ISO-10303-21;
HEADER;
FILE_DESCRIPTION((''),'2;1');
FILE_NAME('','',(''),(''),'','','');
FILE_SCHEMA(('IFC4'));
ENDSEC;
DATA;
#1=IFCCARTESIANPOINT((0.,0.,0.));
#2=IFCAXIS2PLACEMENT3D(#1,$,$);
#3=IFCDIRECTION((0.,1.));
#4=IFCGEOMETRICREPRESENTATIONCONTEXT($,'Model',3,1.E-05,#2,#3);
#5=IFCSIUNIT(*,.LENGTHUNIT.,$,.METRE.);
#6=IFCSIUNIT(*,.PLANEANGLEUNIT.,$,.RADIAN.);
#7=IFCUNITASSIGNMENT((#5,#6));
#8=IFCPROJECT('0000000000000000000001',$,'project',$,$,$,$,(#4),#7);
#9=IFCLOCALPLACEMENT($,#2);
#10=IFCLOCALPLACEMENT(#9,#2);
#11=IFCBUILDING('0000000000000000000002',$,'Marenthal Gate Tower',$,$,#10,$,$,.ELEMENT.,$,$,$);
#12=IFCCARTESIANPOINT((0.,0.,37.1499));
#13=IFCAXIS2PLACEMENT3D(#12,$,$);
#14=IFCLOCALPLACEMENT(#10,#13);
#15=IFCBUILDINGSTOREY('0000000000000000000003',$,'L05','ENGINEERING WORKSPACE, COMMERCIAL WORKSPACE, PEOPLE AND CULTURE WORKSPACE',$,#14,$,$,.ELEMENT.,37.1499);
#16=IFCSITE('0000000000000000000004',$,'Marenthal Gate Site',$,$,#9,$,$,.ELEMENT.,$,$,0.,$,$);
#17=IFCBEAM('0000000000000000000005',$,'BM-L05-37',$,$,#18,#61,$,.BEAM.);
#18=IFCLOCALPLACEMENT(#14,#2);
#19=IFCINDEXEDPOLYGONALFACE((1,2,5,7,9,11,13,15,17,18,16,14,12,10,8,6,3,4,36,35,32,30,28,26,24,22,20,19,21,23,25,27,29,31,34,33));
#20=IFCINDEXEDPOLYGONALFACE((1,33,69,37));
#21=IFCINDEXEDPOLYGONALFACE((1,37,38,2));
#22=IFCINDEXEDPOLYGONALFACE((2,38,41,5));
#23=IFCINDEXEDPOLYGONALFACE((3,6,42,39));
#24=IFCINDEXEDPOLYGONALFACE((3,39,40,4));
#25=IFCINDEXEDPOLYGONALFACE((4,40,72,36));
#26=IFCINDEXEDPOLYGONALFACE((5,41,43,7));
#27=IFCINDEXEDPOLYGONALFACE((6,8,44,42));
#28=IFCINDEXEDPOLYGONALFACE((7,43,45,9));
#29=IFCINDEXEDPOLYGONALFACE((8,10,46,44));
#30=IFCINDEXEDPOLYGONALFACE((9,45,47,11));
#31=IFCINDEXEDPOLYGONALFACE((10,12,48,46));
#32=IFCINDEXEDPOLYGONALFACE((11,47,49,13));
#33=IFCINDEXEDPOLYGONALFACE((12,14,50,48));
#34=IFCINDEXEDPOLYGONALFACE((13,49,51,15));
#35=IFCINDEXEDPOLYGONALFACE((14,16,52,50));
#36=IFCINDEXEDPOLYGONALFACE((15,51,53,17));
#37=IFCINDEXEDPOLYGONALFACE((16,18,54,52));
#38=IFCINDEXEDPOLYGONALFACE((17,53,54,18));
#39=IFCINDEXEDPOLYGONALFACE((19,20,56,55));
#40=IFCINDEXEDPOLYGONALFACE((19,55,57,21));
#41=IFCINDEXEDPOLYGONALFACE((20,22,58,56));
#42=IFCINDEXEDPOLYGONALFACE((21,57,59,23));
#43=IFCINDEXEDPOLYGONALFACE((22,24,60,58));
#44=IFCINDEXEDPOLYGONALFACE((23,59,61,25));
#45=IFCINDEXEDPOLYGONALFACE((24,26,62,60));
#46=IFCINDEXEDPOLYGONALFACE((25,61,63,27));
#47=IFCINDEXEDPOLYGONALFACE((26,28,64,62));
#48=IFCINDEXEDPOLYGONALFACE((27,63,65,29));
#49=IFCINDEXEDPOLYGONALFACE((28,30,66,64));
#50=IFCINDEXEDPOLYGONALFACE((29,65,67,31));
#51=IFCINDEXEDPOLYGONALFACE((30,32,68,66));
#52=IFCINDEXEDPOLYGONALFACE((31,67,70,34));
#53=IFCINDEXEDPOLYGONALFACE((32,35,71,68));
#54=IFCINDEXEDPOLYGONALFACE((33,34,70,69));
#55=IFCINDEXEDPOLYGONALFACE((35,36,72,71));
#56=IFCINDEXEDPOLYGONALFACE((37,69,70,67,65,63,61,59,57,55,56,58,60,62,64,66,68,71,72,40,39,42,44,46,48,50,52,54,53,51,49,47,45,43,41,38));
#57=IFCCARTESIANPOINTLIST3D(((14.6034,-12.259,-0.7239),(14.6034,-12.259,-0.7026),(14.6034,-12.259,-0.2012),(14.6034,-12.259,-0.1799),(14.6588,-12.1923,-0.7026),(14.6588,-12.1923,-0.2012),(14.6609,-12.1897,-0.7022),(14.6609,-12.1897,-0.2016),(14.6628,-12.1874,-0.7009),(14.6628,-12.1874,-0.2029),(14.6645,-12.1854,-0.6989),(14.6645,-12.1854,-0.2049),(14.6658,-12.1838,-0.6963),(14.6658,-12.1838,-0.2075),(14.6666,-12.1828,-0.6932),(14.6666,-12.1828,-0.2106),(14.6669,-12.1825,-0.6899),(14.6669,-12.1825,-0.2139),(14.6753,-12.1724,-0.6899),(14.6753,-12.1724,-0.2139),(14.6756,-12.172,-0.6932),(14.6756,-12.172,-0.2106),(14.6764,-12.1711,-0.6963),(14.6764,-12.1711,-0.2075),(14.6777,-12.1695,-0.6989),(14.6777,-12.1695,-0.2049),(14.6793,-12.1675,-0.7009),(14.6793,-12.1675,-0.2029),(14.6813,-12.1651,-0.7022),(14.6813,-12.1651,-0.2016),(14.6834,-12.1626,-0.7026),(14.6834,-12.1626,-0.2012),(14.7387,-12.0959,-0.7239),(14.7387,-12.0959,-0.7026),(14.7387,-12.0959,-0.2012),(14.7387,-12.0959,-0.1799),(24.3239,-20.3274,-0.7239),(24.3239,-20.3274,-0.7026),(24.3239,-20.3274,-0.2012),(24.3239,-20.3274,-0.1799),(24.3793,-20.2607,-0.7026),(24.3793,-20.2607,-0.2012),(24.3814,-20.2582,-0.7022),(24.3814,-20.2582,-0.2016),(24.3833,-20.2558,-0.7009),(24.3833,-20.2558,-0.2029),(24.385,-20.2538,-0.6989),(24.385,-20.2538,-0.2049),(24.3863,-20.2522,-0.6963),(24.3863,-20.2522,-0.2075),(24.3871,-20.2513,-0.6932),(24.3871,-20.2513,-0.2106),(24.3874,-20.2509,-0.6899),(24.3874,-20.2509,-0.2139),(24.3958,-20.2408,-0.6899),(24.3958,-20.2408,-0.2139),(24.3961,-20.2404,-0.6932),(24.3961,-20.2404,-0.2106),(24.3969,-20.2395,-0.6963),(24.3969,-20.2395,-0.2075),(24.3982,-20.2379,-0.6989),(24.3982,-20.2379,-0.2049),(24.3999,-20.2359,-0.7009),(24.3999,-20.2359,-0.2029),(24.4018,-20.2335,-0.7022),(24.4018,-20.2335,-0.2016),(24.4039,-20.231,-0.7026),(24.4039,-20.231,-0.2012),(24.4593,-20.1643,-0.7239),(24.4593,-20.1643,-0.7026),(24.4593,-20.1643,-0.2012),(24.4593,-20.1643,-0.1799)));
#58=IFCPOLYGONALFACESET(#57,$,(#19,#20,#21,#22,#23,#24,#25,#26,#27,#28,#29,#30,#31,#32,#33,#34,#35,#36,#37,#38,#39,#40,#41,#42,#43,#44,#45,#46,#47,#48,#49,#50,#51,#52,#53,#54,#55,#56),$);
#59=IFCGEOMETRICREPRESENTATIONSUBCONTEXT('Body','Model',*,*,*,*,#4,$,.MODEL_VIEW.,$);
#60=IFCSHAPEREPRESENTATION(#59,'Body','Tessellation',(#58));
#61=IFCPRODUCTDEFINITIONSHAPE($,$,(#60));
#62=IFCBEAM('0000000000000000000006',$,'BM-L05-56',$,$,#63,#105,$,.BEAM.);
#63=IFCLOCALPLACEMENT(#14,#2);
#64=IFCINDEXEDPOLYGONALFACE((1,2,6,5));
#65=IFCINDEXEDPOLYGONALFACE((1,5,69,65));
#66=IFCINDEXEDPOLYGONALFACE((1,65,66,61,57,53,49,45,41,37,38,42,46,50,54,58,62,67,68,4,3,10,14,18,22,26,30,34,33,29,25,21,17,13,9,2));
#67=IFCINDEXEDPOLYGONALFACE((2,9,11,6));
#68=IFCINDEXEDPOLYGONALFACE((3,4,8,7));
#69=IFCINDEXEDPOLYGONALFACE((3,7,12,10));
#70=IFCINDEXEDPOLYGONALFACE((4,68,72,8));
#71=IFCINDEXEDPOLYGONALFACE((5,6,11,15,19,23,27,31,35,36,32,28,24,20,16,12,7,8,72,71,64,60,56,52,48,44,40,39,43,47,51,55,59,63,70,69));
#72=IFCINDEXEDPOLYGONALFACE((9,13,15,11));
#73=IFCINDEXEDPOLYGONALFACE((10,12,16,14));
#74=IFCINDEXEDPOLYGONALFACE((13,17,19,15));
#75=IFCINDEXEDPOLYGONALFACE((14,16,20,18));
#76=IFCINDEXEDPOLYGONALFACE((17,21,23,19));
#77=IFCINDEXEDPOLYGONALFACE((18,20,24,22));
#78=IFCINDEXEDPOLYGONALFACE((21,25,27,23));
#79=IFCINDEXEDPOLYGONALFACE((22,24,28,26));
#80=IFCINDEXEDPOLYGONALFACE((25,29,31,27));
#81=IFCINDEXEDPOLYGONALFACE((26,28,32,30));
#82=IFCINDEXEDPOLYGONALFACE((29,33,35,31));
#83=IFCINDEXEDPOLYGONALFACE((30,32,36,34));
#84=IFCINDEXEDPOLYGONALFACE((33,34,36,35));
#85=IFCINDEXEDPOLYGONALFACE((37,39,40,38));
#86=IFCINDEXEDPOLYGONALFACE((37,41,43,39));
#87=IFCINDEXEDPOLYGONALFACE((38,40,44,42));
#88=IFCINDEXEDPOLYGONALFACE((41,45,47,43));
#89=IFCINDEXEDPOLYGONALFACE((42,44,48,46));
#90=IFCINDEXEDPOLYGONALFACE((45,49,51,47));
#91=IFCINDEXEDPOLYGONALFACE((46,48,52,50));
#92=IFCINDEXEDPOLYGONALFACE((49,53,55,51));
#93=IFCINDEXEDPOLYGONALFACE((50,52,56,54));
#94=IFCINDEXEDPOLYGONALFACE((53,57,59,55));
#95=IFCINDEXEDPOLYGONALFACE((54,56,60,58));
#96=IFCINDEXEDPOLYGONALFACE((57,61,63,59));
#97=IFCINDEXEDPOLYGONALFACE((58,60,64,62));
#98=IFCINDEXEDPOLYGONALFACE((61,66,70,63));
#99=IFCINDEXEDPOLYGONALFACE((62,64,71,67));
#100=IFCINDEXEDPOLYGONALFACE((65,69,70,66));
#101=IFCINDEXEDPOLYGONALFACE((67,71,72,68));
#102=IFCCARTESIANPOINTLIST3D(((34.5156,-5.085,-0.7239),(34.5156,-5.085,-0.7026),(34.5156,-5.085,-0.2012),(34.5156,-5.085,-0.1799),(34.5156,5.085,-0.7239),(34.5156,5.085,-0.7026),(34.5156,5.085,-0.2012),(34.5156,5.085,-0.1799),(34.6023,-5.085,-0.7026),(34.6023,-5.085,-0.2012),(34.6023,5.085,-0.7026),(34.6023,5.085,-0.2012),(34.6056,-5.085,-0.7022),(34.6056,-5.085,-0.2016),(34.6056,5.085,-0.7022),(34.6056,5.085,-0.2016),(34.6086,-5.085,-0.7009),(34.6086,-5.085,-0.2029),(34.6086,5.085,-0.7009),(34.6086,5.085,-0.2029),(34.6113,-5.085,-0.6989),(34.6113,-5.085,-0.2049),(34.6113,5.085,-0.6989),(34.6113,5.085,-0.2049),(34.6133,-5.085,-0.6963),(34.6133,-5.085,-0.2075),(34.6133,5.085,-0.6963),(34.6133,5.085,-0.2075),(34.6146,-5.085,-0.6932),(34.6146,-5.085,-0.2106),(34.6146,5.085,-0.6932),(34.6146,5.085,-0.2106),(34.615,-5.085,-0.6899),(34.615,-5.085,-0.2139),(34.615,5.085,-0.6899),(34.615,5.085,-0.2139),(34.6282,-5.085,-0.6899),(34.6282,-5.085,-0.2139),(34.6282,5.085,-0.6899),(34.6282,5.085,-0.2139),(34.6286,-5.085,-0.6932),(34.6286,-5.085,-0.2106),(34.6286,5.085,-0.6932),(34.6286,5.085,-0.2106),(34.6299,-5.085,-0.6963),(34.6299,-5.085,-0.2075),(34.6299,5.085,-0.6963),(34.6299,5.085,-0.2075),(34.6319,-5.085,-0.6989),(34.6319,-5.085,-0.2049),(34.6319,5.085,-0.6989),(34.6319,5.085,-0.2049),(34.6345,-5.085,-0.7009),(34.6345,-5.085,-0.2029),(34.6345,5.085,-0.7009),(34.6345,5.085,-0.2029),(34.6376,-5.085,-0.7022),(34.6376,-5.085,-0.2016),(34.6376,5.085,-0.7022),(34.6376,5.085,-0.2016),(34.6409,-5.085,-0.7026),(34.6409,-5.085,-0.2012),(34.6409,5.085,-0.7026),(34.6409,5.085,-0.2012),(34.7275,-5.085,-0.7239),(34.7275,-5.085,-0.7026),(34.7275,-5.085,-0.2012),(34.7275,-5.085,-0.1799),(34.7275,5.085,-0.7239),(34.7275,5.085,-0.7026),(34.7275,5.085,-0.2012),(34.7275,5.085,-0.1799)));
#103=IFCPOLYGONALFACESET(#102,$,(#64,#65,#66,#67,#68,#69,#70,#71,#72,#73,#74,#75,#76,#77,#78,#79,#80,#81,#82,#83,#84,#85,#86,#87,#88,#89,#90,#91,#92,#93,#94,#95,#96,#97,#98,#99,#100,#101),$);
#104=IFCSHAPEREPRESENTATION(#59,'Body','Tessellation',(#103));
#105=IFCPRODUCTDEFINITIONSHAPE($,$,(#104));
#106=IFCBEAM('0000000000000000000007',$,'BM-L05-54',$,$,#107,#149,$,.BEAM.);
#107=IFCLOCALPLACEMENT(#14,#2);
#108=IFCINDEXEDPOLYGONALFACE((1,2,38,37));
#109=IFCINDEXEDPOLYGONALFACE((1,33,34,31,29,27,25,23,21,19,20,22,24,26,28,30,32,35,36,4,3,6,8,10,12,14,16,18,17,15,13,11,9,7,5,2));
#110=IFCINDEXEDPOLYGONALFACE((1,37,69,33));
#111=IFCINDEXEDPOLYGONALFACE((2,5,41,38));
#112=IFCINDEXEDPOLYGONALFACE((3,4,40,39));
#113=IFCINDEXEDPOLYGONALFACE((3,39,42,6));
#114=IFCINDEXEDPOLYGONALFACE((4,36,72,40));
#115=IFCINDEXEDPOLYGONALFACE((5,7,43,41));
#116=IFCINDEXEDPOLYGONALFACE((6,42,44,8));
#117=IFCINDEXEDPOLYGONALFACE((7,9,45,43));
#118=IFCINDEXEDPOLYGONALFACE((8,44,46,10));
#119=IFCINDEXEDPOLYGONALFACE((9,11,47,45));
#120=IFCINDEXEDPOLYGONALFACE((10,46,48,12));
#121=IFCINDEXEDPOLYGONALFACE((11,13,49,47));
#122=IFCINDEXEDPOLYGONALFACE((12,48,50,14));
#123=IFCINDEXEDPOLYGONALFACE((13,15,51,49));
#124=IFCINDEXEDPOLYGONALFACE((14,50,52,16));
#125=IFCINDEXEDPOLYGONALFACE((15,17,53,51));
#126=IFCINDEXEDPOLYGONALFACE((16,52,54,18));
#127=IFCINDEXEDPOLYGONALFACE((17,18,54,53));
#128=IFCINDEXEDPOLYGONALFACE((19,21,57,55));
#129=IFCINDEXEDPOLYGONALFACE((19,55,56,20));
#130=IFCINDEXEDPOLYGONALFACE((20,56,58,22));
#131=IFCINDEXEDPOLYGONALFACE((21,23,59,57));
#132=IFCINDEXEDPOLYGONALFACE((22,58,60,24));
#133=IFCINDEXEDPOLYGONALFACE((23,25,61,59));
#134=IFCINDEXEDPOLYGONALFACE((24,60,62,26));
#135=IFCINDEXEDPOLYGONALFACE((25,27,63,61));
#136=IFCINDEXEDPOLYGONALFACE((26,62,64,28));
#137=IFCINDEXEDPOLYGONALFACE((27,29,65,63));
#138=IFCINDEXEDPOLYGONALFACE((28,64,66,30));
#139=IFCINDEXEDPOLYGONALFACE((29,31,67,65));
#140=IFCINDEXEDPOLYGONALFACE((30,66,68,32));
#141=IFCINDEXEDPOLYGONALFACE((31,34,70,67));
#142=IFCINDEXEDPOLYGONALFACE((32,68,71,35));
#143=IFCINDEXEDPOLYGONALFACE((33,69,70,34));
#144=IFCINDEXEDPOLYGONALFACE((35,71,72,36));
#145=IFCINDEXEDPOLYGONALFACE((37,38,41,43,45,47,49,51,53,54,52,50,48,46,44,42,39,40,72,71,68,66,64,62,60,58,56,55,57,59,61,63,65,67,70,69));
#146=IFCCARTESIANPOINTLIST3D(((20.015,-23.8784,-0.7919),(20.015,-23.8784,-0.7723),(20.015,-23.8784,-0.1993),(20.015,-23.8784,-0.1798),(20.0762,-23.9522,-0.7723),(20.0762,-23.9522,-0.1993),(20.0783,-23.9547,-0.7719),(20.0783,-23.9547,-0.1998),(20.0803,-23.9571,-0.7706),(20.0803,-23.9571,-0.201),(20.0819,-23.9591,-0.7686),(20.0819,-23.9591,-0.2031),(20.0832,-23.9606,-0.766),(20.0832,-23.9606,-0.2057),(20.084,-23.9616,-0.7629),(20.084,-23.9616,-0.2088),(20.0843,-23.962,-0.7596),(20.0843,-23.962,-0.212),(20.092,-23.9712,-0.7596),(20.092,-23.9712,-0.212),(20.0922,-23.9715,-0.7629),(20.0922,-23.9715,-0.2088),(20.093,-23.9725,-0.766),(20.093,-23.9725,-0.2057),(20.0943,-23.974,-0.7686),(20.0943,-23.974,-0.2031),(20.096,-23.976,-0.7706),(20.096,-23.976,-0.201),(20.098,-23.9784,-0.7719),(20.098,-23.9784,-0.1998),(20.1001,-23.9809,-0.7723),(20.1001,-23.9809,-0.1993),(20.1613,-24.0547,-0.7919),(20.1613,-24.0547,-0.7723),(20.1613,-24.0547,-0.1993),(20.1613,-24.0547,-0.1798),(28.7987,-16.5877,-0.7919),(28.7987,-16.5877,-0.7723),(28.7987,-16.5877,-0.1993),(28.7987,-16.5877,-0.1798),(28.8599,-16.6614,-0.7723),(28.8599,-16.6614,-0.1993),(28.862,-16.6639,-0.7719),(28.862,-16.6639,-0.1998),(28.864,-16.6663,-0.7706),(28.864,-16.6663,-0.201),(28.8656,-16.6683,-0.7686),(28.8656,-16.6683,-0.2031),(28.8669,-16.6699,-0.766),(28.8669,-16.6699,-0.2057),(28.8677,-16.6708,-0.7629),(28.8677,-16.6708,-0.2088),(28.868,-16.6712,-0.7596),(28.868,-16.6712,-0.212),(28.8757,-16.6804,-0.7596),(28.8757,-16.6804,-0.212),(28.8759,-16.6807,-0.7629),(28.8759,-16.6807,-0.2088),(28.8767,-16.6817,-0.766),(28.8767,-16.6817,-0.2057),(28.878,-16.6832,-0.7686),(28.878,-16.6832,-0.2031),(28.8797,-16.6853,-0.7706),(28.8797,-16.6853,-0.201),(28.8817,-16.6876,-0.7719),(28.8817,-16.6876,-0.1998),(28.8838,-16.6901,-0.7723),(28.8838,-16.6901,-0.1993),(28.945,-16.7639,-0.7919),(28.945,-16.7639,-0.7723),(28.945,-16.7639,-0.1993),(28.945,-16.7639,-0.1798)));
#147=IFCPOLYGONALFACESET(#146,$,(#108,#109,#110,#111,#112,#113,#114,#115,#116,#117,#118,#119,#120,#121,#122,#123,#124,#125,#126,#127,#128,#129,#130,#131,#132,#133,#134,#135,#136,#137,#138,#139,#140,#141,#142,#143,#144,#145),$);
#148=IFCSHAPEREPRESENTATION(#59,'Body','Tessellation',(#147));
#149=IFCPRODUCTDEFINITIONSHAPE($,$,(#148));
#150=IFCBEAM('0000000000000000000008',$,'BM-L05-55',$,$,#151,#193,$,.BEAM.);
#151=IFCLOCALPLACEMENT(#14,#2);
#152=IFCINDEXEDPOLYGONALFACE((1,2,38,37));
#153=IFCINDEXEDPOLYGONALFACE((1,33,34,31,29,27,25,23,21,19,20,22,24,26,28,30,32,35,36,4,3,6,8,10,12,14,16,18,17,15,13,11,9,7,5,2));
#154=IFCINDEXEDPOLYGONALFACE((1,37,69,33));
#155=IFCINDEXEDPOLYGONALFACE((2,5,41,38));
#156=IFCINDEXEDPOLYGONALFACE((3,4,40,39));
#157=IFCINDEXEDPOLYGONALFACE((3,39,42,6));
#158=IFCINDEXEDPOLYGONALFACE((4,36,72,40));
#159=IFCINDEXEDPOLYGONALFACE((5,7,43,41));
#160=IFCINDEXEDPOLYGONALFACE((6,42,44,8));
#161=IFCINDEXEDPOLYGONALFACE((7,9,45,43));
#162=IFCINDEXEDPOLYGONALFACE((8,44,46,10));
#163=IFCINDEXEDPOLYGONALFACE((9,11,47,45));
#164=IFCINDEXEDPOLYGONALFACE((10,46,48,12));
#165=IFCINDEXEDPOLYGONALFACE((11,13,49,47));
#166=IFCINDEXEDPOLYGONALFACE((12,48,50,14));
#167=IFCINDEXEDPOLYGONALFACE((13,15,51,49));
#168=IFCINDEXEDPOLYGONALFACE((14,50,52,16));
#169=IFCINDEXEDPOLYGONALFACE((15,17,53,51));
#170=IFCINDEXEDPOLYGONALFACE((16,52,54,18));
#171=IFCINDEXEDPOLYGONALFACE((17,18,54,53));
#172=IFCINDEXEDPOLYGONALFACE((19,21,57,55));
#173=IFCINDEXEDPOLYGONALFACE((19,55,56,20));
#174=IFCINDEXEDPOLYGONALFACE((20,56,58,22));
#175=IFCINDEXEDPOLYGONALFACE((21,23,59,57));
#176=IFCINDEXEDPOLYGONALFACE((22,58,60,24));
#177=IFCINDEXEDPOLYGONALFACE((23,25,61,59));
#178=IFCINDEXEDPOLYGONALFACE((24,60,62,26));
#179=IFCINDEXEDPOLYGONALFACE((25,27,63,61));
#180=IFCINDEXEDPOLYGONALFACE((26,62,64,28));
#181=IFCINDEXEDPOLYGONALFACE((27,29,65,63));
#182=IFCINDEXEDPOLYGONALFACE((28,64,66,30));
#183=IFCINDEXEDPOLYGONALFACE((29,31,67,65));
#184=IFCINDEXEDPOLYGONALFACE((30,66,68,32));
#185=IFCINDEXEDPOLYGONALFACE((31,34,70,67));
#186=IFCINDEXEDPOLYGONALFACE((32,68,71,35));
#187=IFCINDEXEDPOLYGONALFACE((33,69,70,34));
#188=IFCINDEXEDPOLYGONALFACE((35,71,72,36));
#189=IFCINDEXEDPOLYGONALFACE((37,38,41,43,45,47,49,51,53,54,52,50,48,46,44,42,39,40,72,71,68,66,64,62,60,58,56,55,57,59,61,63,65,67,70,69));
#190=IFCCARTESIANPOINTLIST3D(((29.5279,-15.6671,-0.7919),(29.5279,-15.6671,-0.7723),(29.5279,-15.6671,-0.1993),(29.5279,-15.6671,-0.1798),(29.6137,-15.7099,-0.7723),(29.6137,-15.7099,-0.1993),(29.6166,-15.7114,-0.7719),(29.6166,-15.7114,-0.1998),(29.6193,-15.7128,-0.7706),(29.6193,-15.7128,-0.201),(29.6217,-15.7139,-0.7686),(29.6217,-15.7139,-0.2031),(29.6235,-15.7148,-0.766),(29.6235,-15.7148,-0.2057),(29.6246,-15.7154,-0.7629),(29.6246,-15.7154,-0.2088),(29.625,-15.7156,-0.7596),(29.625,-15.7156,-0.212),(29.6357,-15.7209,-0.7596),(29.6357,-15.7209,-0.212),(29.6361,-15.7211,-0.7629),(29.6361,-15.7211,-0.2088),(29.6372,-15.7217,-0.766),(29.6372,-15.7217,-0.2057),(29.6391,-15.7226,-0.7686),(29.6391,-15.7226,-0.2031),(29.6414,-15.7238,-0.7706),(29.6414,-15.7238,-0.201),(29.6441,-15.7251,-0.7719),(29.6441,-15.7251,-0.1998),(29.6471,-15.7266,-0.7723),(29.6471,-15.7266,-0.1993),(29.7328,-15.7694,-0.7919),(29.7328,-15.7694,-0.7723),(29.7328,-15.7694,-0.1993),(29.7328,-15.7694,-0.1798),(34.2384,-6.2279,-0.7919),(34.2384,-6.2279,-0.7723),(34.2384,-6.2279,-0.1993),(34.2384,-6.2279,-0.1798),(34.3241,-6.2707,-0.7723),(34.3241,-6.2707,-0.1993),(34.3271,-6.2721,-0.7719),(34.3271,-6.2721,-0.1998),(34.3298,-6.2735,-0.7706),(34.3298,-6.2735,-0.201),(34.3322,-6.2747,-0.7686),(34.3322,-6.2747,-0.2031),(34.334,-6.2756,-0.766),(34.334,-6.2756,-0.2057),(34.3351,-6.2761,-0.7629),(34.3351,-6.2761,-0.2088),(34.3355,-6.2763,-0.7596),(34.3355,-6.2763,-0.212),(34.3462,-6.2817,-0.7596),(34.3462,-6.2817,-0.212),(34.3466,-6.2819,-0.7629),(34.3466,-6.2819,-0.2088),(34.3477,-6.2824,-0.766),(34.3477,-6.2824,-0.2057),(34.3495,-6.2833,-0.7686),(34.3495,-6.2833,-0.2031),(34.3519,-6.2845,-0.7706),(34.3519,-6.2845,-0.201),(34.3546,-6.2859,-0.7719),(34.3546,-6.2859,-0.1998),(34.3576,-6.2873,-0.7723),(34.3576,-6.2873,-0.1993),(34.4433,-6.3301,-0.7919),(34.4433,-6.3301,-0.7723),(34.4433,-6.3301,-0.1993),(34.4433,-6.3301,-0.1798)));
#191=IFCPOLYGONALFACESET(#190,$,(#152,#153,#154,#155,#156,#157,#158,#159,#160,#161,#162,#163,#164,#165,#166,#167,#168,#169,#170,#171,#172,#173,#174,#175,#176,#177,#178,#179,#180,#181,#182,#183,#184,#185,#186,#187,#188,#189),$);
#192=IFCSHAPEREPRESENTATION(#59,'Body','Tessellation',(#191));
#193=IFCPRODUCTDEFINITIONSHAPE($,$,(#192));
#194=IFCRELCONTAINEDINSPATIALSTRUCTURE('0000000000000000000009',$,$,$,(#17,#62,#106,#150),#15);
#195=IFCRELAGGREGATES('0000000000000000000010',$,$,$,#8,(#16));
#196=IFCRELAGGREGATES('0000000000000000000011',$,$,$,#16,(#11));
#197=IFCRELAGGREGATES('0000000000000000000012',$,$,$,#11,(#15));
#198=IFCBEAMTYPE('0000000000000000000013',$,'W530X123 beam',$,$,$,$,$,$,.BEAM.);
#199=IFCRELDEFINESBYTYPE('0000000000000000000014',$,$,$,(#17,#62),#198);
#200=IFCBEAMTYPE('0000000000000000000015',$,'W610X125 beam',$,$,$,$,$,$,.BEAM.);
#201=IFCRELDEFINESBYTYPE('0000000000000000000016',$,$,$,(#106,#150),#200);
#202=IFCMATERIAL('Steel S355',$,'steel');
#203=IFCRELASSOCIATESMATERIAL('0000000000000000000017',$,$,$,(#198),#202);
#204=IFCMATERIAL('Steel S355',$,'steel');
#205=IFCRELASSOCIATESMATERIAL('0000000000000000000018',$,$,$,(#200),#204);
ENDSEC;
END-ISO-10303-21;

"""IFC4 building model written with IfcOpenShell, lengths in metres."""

from ifc_helpers import new_model, si_unit, direction, frame, origin, origin_2d, place, context, subcontext, project, spatial, i_section, extrude, material, material_profile, profile_set, type_object, element, save


model = new_model("IFC4")

# Units and contexts
model_context = context("Model", 3, precision=1e-05, world=origin(), true_north=direction((0.0, 1.0)))
body_context = subcontext(model_context, "Body", "Model", "MODEL_VIEW")
ifc_project = project(units=[si_unit("LENGTHUNIT", "METRE"), si_unit("PLANEANGLEUNIT", "RADIAN")], contexts=[model_context])

# Site, building, storey
site_placement = place(None, origin())
site = spatial("IfcSite", under=ifc_project, at=site_placement, Name="Marenthal Gate Site", CompositionType="ELEMENT", RefElevation=0.0)
building_placement = place(site_placement, origin())
building = spatial("IfcBuilding", under=site, at=building_placement, Name="Marenthal Gate Tower", CompositionType="ELEMENT")
storey_placement = place(building_placement, frame((0.0, 0.0, 37.1499)))
storey = spatial("IfcBuildingStorey", under=building, at=storey_placement, Name="L05", Description="ENGINEERING WORKSPACE, COMMERCIAL WORKSPACE, PEOPLE AND CULTURE WORKSPACE", CompositionType="ELEMENT", Elevation=37.1499)

# Beams
ifc_material_1 = material(Name="Steel S355", Category="steel")
ifc_material_profile_1 = material_profile(ifc_material_1, i_section(OverallWidth=0.2119, OverallDepth=0.5439, WebThickness=0.0132, FlangeThickness=0.0212, FilletRadius=0.0127, at=origin_2d()), Name="W530X123")
ifc_profile_set_1 = profile_set([ifc_material_profile_1], Name="Steel S355")
beam_type_1 = type_object("IfcBeamType", Name="W530X123 beam", PredefinedType="BEAM", material=ifc_profile_set_1)
beam_1_placement = place(storey_placement, frame((24.3916, -20.2458, -0.4519), z_axis=(-0.769467, 0.638687, 0.0), x_axis=(-0.638687, -0.769467, 0.0)))
element("IfcBeam", 1, at=beam_1_placement, inside=storey, type_object=beam_type_1, Name="BM-L05-37", PredefinedType="BEAM", context=body_context, shape_type="SweptSolid", body=[
    extrude(i_section(OverallWidth=0.2119, OverallDepth=0.5439, WebThickness=0.0132, FlangeThickness=0.0212, FilletRadius=0.0127, at=origin_2d()), origin(), (0.0, 0.0, 1.0), 12.6328),
])
beam_2_placement = place(storey_placement, frame((34.6216, -5.085, -0.4519), z_axis=(0.0, 1.0, 0.0), x_axis=(-1.0, 0.0, 0.0)))
element("IfcBeam", 2, at=beam_2_placement, inside=storey, type_object=beam_type_1, Name="BM-L05-56", PredefinedType="BEAM", context=body_context, shape_type="SweptSolid", body=[
    extrude(i_section(OverallWidth=0.2119, OverallDepth=0.5439, WebThickness=0.0132, FlangeThickness=0.0212, FilletRadius=0.0127, at=origin_2d()), origin(), (0.0, 0.0, 1.0), 10.1699),
])
ifc_material_2 = material(Name="Steel S355", Category="steel")
ifc_material_profile_2 = material_profile(ifc_material_2, i_section(OverallWidth=0.229, OverallDepth=0.6121, WebThickness=0.012, FlangeThickness=0.0195, FilletRadius=0.0127, at=origin_2d()), Name="W610X125")
ifc_profile_set_2 = profile_set([ifc_material_profile_2], Name="Steel S355")
beam_type_2 = type_object("IfcBeamType", Name="W610X125 beam", PredefinedType="BEAM", material=ifc_profile_set_2)
beam_3_placement = place(storey_placement, frame((20.0881, -23.9666, -0.4858), z_axis=(0.769468, 0.638685, 0.0), x_axis=(-0.638685, 0.769468, 0.0)))
element("IfcBeam", 3, at=beam_3_placement, inside=storey, type_object=beam_type_2, Name="BM-L05-54", PredefinedType="BEAM", context=body_context, shape_type="SweptSolid", body=[
    extrude(i_section(OverallWidth=0.229, OverallDepth=0.6121, WebThickness=0.012, FlangeThickness=0.0195, FilletRadius=0.0127, at=origin_2d()), origin(), (0.0, 0.0, 1.0), 11.4153),
])
beam_4_placement = place(storey_placement, frame((29.6304, -15.7183, -0.4858), z_axis=(0.446519, 0.894774, 0.0), x_axis=(-0.894774, 0.446519, 0.0)))
element("IfcBeam", 4, at=beam_4_placement, inside=storey, type_object=beam_type_2, Name="BM-L05-55", PredefinedType="BEAM", context=body_context, shape_type="SweptSolid", body=[
    extrude(i_section(OverallWidth=0.229, OverallDepth=0.6121, WebThickness=0.012, FlangeThickness=0.0195, FilletRadius=0.0127, at=origin_2d()), origin(), (0.0, 0.0, 1.0), 10.5493),
])

save(model, "model.ifc")
